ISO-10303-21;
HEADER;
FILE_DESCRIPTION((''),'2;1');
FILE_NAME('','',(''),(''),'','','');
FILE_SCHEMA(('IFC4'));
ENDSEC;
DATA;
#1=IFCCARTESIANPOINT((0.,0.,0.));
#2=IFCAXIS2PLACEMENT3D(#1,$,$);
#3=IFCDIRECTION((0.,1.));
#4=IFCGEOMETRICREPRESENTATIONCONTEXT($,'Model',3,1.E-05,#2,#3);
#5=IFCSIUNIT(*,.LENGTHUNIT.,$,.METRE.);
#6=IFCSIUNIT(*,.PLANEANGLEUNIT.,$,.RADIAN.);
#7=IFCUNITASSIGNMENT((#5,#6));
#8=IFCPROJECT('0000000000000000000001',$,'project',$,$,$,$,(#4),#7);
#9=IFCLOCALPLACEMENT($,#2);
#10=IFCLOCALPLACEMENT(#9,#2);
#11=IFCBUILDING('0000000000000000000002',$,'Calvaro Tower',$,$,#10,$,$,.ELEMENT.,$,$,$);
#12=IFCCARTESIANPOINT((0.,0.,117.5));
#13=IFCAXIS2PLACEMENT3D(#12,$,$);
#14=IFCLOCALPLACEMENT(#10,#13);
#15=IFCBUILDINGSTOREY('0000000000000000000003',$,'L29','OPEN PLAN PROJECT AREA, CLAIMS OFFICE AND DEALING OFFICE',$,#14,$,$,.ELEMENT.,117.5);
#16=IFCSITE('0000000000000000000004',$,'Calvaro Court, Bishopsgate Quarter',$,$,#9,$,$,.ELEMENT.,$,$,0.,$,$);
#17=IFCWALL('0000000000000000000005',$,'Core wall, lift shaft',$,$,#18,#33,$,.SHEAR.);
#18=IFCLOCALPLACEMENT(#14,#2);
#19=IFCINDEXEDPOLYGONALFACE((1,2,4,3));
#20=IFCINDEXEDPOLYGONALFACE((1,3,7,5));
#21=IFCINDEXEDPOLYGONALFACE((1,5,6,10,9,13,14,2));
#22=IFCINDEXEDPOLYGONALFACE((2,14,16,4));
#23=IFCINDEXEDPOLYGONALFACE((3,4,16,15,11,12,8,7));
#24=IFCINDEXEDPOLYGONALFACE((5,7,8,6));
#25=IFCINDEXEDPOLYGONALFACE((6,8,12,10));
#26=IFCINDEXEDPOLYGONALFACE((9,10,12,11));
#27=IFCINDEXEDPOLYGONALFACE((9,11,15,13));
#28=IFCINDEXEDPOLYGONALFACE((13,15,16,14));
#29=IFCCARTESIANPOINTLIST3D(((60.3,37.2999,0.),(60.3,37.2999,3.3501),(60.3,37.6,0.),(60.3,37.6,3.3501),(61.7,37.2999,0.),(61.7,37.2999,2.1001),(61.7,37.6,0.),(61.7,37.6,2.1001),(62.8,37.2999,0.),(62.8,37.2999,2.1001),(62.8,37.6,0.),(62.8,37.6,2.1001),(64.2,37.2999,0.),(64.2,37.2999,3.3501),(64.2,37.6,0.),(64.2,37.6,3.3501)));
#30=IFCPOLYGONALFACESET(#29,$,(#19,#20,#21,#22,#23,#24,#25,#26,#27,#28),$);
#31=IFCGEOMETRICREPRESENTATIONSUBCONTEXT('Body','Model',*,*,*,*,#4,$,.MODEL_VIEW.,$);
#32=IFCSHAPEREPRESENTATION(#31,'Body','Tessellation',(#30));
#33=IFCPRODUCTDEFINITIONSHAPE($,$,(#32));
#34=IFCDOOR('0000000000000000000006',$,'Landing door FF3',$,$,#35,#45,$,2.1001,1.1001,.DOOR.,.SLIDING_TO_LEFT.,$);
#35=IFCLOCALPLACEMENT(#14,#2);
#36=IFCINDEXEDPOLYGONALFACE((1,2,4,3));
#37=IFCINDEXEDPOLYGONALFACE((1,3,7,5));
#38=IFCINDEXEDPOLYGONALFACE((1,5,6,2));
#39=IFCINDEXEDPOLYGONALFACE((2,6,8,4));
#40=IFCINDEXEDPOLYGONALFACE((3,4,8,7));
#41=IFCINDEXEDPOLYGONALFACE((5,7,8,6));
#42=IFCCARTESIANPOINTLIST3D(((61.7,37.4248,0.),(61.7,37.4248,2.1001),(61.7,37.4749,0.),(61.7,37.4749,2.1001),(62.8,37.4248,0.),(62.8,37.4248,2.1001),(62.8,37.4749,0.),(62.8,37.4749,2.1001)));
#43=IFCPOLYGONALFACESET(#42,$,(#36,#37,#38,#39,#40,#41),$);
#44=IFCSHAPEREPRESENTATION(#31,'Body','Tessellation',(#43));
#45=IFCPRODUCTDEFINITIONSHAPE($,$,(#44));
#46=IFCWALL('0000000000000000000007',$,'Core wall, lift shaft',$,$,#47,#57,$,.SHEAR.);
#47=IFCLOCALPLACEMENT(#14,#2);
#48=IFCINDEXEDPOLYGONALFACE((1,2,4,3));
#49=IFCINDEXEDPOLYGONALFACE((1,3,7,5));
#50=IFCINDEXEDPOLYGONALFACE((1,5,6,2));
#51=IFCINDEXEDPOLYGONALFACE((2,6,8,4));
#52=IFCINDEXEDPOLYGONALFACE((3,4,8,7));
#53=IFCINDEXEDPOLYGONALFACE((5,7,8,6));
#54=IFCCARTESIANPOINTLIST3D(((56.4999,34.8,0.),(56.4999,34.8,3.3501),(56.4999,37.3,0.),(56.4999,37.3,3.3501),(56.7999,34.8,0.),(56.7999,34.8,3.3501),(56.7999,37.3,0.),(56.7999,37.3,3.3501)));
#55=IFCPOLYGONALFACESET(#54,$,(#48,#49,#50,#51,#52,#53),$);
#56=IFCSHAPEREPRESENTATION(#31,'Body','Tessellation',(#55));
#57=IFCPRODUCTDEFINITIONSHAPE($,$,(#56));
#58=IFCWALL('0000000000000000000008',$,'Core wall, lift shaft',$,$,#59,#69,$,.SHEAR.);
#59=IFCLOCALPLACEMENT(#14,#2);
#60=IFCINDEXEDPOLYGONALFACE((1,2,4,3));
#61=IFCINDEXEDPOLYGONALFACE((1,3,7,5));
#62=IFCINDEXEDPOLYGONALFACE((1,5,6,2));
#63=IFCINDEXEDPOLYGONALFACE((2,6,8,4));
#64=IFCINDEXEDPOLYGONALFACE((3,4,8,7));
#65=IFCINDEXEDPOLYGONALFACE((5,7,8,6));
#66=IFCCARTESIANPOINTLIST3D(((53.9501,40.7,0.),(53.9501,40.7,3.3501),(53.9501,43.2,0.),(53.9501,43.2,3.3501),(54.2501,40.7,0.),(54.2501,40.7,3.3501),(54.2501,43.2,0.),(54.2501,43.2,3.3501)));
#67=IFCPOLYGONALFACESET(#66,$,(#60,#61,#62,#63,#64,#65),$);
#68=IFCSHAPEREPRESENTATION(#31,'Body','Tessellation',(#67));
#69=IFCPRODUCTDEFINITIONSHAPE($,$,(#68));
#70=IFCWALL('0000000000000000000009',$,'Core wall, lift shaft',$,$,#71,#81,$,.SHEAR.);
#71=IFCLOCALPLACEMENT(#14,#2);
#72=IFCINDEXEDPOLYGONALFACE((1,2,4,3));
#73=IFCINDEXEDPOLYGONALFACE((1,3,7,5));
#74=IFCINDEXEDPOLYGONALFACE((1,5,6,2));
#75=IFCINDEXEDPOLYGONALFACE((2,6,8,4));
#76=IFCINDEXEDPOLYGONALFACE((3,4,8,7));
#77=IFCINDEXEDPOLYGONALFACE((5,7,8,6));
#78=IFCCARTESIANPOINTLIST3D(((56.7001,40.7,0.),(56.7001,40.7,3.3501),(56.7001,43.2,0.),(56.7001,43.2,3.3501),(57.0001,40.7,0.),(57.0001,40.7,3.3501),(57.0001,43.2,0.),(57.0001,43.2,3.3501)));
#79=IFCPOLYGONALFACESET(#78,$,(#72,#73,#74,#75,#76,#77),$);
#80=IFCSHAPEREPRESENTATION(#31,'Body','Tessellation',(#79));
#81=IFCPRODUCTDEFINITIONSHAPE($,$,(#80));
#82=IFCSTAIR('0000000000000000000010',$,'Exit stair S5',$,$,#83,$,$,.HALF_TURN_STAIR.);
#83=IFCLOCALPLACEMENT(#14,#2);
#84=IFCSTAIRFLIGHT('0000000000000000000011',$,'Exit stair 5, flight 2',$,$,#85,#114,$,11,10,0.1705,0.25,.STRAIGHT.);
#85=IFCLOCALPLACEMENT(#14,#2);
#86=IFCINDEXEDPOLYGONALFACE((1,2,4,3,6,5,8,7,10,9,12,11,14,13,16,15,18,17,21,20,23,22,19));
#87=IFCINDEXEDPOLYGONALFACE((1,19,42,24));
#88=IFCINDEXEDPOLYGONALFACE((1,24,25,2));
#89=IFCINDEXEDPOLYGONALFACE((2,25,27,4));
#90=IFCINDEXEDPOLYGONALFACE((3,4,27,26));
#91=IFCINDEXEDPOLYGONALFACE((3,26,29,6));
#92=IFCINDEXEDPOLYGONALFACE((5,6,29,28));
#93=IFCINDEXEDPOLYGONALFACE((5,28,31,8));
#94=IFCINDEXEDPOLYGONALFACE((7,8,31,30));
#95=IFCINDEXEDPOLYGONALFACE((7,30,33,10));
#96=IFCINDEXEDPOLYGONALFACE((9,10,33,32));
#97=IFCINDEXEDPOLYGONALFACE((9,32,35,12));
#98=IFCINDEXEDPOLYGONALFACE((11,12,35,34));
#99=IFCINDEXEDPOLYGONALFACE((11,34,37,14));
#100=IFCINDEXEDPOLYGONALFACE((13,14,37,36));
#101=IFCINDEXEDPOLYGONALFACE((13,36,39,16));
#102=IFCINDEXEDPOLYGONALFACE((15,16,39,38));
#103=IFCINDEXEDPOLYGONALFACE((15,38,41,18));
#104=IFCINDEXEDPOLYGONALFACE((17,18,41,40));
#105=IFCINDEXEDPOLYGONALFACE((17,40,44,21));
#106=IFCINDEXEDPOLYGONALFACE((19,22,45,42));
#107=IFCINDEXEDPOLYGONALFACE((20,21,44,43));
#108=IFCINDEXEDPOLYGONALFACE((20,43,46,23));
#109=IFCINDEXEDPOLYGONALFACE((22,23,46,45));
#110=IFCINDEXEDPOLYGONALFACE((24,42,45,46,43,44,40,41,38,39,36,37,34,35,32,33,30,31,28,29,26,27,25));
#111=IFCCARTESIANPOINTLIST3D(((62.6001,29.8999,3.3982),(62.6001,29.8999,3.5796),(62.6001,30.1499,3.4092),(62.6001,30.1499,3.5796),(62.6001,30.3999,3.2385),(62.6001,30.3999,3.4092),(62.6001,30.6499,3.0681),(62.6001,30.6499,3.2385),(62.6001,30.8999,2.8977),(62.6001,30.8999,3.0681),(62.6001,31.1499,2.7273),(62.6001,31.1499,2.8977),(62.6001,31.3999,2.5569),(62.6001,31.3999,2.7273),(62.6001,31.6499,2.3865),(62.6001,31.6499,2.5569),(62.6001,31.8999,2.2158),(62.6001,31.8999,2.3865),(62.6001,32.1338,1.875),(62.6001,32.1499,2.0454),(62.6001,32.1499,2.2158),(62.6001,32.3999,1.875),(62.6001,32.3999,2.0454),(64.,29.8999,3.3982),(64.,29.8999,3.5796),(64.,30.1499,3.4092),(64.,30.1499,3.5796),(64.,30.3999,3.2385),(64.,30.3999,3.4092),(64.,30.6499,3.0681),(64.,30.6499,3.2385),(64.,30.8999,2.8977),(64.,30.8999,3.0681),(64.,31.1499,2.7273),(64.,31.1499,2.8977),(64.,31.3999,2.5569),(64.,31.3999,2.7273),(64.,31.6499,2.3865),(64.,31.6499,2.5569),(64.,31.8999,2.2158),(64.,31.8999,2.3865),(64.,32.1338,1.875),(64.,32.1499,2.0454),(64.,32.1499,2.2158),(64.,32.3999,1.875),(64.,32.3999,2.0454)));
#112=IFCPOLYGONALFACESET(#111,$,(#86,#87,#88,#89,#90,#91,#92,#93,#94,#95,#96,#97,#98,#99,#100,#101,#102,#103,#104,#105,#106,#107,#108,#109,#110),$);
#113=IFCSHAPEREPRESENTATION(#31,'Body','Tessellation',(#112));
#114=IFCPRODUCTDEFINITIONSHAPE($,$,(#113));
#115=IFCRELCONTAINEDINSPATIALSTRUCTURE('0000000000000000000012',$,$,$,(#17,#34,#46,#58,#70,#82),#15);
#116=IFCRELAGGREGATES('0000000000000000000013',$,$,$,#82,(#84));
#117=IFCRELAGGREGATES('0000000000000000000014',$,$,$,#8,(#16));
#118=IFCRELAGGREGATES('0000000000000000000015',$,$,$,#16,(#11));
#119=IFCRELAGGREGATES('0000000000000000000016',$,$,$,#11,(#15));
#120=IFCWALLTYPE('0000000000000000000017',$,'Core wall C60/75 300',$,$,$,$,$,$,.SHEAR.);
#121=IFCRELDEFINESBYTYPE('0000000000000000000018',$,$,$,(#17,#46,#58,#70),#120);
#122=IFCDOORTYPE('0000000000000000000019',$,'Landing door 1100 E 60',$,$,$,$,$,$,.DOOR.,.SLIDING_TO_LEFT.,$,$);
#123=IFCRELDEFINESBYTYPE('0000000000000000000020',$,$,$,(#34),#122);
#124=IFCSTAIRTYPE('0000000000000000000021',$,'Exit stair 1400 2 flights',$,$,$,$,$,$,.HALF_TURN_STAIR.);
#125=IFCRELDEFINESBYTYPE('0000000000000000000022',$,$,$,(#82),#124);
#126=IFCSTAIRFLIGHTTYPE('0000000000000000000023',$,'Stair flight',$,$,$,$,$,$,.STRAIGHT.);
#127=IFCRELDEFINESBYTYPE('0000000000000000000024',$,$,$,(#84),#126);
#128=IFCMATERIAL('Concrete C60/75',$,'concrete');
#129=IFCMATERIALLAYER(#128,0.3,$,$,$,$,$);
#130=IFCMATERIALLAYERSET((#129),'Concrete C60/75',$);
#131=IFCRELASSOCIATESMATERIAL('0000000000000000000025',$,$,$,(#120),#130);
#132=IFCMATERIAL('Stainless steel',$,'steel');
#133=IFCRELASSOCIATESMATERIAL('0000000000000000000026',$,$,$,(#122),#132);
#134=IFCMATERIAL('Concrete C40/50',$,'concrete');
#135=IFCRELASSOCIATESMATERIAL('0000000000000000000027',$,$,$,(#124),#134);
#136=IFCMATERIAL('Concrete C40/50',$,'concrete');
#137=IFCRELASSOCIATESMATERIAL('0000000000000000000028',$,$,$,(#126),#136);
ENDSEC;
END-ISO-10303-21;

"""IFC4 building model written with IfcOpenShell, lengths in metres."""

from ifc_helpers import new_model, si_unit, direction, frame, frame_2d, origin, place, context, subcontext, project, spatial, polyline, rectangle, outline, extrude, material, layer, layer_set, type_object, element, fill, aggregate, save


model = new_model("IFC4")

# Units and contexts
model_context = context("Model", 3, precision=1e-05, world=origin(), true_north=direction((0.0, 1.0)))
body_context = subcontext(model_context, "Body", "Model", "MODEL_VIEW")
ifc_project = project(units=[si_unit("LENGTHUNIT", "METRE"), si_unit("PLANEANGLEUNIT", "RADIAN")], contexts=[model_context])

# Site, building, storey
site_placement = place(None, origin())
site = spatial("IfcSite", under=ifc_project, at=site_placement, Name="Calvaro Court, Bishopsgate Quarter", CompositionType="ELEMENT", RefElevation=0.0)
building_placement = place(site_placement, origin())
building = spatial("IfcBuilding", under=site, at=building_placement, Name="Calvaro Tower", CompositionType="ELEMENT")
storey_placement = place(building_placement, frame((0.0, 0.0, 117.5)))
storey = spatial("IfcBuildingStorey", under=building, at=storey_placement, Name="L29", Description="OPEN PLAN PROJECT AREA, CLAIMS OFFICE AND DEALING OFFICE", CompositionType="ELEMENT", Elevation=117.5)

# Shared definitions
ifc_material_1 = material(Name="Concrete C60/75", Category="concrete")
ifc_layer_1 = layer(ifc_material_1, 0.3)
ifc_layer_set_1 = layer_set([ifc_layer_1], Name="Concrete C60/75")
wall_type_1 = type_object("IfcWallType", Name="Core wall C60/75 300", PredefinedType="SHEAR", material=ifc_layer_set_1)

# Wall, opening, door
wall_1_placement = place(storey_placement, frame((60.3, 37.45, 0.0), z_axis=(0.0, 0.0, 1.0), x_axis=(1.0, 0.0, 0.0)))
wall_1 = element("IfcWall", 1, at=wall_1_placement, inside=storey, type_object=wall_type_1, Name="Core wall, lift shaft", PredefinedType="SHEAR", context=body_context, shape_type="SweptSolid", body=[
    extrude(rectangle(XDim=3.8999, YDim=0.3, at=frame_2d((1.95, 0.0))), origin(), (0.0, 0.0, 1.0), 3.3501),
])
opening_1_placement = place(wall_1_placement, frame((1.3999, 0.0, 0.0)))
opening_1 = element("IfcOpeningElement", 2, at=opening_1_placement, cuts=wall_1, PredefinedType="OPENING", context=body_context, shape_type="SweptSolid", body=[
    extrude(rectangle(XDim=1.1001, YDim=2.1001, at=frame_2d((0.55, 1.05))), frame((0.0, 0.1599, 0.0), z_axis=(0.0, -1.0, 0.0), x_axis=(1.0, 0.0, 0.0)), (0.0, 0.0, 1.0), 0.3201),
])
ifc_material_2 = material(Name="Stainless steel", Category="steel")
door_type_1 = type_object("IfcDoorType", Name="Landing door 1100 E 60", OperationType="SLIDING_TO_LEFT", PredefinedType="DOOR", material=ifc_material_2)
door_1_placement = place(opening_1_placement, origin())
door_1 = element("IfcDoor", 3, at=door_1_placement, inside=storey, type_object=door_type_1, Name="Landing door FF3", OperationType="SLIDING_TO_LEFT", OverallHeight=2.1001, OverallWidth=1.1001, PredefinedType="DOOR", context=body_context, shape_type="SweptSolid", body=[
    extrude(rectangle(XDim=1.1001, YDim=2.1001, at=frame_2d((0.55, 1.05))), frame((0.0, 0.0249, 0.0), z_axis=(0.0, -1.0, 0.0), x_axis=(1.0, 0.0, 0.0)), (0.0, 0.0, 1.0), 0.05),
])
fill(opening_1, door_1)

# Walls
for number, where, z_axis, x_axis, name in (
    (4, (56.6499, 34.8, 0.0), (0.0, 0.0, 1.0), (0.0, 1.0, 0.0), "Core wall, lift shaft"),
    (5, (54.1001, 40.7, 0.0), (0.0, 0.0, 1.0), (0.0, 1.0, 0.0), "Core wall, lift shaft"),
    (6, (56.8501, 40.7, 0.0), (0.0, 0.0, 1.0), (0.0, 1.0, 0.0), "Core wall, lift shaft"),
):
    element("IfcWall", number, at=place(storey_placement, frame(where, z_axis=z_axis, x_axis=x_axis)), inside=storey, type_object=wall_type_1, Name=name, PredefinedType="SHEAR", context=body_context, shape_type="SweptSolid", body=[
        extrude(rectangle(XDim=2.5, YDim=0.3, at=frame_2d((1.25, 0.0))), origin(), (0.0, 0.0, 1.0), 3.3501),
    ])

# Stair, stair flight
ifc_material_3 = material(Name="Concrete C40/50", Category="concrete")
stair_type = type_object("IfcStairType", Name="Exit stair 1400 2 flights", PredefinedType="HALF_TURN_STAIR", material=ifc_material_3)
stair_1_placement = place(storey_placement, origin())
stair_1 = element("IfcStair", 7, at=stair_1_placement, inside=storey, type_object=stair_type, Name="Exit stair S5", PredefinedType="HALF_TURN_STAIR")
ifc_material_4 = material(Name="Concrete C40/50", Category="concrete")
stair_flight_type = type_object("IfcStairFlightType", Name="Stair flight", PredefinedType="STRAIGHT", material=ifc_material_4)
stair_flight_placement = place(storey_placement, frame((63.3, 32.3999, 1.875), z_axis=(0.0, 0.0, 1.0), x_axis=(0.0, -1.0, 0.0)))
stair_flight = element("IfcStairFlight", 8, at=stair_flight_placement, type_object=stair_flight_type, Name="Exit stair 5, flight 2", NumberOfRisers=11, NumberOfTreads=10, PredefinedType="STRAIGHT", RiserHeight=0.1705, TreadLength=0.25, context=body_context, shape_type="SweptSolid", body=[
    extrude(outline(polyline([(0.0, 0.0), (0.0, 0.1704), (0.25, 0.1704), (0.25, 0.3408), (0.5, 0.3408), (0.5, 0.5115), (0.75, 0.5115), (0.75, 0.6819), (1.0, 0.6819), (1.0, 0.8523), (1.25, 0.8523), (1.25, 1.0227), (1.5, 1.0227), (1.5, 1.1931), (1.75, 1.1931), (1.75, 1.3635), (2.0, 1.3635), (2.0, 1.5342), (2.25, 1.5342), (2.25, 1.7046), (2.5, 1.7046), (2.5, 1.875), (2.5, 1.5232), (0.2661, 0.0), (0.0, 0.0)])), frame((0.0, 0.7, 0.0), z_axis=(0.0, -1.0, 0.0), x_axis=(1.0, 0.0, 0.0)), (0.0, 0.0, 1.0), 1.3999),
])

aggregate(stair_1, [stair_flight])

save(model, "model.ifc")
